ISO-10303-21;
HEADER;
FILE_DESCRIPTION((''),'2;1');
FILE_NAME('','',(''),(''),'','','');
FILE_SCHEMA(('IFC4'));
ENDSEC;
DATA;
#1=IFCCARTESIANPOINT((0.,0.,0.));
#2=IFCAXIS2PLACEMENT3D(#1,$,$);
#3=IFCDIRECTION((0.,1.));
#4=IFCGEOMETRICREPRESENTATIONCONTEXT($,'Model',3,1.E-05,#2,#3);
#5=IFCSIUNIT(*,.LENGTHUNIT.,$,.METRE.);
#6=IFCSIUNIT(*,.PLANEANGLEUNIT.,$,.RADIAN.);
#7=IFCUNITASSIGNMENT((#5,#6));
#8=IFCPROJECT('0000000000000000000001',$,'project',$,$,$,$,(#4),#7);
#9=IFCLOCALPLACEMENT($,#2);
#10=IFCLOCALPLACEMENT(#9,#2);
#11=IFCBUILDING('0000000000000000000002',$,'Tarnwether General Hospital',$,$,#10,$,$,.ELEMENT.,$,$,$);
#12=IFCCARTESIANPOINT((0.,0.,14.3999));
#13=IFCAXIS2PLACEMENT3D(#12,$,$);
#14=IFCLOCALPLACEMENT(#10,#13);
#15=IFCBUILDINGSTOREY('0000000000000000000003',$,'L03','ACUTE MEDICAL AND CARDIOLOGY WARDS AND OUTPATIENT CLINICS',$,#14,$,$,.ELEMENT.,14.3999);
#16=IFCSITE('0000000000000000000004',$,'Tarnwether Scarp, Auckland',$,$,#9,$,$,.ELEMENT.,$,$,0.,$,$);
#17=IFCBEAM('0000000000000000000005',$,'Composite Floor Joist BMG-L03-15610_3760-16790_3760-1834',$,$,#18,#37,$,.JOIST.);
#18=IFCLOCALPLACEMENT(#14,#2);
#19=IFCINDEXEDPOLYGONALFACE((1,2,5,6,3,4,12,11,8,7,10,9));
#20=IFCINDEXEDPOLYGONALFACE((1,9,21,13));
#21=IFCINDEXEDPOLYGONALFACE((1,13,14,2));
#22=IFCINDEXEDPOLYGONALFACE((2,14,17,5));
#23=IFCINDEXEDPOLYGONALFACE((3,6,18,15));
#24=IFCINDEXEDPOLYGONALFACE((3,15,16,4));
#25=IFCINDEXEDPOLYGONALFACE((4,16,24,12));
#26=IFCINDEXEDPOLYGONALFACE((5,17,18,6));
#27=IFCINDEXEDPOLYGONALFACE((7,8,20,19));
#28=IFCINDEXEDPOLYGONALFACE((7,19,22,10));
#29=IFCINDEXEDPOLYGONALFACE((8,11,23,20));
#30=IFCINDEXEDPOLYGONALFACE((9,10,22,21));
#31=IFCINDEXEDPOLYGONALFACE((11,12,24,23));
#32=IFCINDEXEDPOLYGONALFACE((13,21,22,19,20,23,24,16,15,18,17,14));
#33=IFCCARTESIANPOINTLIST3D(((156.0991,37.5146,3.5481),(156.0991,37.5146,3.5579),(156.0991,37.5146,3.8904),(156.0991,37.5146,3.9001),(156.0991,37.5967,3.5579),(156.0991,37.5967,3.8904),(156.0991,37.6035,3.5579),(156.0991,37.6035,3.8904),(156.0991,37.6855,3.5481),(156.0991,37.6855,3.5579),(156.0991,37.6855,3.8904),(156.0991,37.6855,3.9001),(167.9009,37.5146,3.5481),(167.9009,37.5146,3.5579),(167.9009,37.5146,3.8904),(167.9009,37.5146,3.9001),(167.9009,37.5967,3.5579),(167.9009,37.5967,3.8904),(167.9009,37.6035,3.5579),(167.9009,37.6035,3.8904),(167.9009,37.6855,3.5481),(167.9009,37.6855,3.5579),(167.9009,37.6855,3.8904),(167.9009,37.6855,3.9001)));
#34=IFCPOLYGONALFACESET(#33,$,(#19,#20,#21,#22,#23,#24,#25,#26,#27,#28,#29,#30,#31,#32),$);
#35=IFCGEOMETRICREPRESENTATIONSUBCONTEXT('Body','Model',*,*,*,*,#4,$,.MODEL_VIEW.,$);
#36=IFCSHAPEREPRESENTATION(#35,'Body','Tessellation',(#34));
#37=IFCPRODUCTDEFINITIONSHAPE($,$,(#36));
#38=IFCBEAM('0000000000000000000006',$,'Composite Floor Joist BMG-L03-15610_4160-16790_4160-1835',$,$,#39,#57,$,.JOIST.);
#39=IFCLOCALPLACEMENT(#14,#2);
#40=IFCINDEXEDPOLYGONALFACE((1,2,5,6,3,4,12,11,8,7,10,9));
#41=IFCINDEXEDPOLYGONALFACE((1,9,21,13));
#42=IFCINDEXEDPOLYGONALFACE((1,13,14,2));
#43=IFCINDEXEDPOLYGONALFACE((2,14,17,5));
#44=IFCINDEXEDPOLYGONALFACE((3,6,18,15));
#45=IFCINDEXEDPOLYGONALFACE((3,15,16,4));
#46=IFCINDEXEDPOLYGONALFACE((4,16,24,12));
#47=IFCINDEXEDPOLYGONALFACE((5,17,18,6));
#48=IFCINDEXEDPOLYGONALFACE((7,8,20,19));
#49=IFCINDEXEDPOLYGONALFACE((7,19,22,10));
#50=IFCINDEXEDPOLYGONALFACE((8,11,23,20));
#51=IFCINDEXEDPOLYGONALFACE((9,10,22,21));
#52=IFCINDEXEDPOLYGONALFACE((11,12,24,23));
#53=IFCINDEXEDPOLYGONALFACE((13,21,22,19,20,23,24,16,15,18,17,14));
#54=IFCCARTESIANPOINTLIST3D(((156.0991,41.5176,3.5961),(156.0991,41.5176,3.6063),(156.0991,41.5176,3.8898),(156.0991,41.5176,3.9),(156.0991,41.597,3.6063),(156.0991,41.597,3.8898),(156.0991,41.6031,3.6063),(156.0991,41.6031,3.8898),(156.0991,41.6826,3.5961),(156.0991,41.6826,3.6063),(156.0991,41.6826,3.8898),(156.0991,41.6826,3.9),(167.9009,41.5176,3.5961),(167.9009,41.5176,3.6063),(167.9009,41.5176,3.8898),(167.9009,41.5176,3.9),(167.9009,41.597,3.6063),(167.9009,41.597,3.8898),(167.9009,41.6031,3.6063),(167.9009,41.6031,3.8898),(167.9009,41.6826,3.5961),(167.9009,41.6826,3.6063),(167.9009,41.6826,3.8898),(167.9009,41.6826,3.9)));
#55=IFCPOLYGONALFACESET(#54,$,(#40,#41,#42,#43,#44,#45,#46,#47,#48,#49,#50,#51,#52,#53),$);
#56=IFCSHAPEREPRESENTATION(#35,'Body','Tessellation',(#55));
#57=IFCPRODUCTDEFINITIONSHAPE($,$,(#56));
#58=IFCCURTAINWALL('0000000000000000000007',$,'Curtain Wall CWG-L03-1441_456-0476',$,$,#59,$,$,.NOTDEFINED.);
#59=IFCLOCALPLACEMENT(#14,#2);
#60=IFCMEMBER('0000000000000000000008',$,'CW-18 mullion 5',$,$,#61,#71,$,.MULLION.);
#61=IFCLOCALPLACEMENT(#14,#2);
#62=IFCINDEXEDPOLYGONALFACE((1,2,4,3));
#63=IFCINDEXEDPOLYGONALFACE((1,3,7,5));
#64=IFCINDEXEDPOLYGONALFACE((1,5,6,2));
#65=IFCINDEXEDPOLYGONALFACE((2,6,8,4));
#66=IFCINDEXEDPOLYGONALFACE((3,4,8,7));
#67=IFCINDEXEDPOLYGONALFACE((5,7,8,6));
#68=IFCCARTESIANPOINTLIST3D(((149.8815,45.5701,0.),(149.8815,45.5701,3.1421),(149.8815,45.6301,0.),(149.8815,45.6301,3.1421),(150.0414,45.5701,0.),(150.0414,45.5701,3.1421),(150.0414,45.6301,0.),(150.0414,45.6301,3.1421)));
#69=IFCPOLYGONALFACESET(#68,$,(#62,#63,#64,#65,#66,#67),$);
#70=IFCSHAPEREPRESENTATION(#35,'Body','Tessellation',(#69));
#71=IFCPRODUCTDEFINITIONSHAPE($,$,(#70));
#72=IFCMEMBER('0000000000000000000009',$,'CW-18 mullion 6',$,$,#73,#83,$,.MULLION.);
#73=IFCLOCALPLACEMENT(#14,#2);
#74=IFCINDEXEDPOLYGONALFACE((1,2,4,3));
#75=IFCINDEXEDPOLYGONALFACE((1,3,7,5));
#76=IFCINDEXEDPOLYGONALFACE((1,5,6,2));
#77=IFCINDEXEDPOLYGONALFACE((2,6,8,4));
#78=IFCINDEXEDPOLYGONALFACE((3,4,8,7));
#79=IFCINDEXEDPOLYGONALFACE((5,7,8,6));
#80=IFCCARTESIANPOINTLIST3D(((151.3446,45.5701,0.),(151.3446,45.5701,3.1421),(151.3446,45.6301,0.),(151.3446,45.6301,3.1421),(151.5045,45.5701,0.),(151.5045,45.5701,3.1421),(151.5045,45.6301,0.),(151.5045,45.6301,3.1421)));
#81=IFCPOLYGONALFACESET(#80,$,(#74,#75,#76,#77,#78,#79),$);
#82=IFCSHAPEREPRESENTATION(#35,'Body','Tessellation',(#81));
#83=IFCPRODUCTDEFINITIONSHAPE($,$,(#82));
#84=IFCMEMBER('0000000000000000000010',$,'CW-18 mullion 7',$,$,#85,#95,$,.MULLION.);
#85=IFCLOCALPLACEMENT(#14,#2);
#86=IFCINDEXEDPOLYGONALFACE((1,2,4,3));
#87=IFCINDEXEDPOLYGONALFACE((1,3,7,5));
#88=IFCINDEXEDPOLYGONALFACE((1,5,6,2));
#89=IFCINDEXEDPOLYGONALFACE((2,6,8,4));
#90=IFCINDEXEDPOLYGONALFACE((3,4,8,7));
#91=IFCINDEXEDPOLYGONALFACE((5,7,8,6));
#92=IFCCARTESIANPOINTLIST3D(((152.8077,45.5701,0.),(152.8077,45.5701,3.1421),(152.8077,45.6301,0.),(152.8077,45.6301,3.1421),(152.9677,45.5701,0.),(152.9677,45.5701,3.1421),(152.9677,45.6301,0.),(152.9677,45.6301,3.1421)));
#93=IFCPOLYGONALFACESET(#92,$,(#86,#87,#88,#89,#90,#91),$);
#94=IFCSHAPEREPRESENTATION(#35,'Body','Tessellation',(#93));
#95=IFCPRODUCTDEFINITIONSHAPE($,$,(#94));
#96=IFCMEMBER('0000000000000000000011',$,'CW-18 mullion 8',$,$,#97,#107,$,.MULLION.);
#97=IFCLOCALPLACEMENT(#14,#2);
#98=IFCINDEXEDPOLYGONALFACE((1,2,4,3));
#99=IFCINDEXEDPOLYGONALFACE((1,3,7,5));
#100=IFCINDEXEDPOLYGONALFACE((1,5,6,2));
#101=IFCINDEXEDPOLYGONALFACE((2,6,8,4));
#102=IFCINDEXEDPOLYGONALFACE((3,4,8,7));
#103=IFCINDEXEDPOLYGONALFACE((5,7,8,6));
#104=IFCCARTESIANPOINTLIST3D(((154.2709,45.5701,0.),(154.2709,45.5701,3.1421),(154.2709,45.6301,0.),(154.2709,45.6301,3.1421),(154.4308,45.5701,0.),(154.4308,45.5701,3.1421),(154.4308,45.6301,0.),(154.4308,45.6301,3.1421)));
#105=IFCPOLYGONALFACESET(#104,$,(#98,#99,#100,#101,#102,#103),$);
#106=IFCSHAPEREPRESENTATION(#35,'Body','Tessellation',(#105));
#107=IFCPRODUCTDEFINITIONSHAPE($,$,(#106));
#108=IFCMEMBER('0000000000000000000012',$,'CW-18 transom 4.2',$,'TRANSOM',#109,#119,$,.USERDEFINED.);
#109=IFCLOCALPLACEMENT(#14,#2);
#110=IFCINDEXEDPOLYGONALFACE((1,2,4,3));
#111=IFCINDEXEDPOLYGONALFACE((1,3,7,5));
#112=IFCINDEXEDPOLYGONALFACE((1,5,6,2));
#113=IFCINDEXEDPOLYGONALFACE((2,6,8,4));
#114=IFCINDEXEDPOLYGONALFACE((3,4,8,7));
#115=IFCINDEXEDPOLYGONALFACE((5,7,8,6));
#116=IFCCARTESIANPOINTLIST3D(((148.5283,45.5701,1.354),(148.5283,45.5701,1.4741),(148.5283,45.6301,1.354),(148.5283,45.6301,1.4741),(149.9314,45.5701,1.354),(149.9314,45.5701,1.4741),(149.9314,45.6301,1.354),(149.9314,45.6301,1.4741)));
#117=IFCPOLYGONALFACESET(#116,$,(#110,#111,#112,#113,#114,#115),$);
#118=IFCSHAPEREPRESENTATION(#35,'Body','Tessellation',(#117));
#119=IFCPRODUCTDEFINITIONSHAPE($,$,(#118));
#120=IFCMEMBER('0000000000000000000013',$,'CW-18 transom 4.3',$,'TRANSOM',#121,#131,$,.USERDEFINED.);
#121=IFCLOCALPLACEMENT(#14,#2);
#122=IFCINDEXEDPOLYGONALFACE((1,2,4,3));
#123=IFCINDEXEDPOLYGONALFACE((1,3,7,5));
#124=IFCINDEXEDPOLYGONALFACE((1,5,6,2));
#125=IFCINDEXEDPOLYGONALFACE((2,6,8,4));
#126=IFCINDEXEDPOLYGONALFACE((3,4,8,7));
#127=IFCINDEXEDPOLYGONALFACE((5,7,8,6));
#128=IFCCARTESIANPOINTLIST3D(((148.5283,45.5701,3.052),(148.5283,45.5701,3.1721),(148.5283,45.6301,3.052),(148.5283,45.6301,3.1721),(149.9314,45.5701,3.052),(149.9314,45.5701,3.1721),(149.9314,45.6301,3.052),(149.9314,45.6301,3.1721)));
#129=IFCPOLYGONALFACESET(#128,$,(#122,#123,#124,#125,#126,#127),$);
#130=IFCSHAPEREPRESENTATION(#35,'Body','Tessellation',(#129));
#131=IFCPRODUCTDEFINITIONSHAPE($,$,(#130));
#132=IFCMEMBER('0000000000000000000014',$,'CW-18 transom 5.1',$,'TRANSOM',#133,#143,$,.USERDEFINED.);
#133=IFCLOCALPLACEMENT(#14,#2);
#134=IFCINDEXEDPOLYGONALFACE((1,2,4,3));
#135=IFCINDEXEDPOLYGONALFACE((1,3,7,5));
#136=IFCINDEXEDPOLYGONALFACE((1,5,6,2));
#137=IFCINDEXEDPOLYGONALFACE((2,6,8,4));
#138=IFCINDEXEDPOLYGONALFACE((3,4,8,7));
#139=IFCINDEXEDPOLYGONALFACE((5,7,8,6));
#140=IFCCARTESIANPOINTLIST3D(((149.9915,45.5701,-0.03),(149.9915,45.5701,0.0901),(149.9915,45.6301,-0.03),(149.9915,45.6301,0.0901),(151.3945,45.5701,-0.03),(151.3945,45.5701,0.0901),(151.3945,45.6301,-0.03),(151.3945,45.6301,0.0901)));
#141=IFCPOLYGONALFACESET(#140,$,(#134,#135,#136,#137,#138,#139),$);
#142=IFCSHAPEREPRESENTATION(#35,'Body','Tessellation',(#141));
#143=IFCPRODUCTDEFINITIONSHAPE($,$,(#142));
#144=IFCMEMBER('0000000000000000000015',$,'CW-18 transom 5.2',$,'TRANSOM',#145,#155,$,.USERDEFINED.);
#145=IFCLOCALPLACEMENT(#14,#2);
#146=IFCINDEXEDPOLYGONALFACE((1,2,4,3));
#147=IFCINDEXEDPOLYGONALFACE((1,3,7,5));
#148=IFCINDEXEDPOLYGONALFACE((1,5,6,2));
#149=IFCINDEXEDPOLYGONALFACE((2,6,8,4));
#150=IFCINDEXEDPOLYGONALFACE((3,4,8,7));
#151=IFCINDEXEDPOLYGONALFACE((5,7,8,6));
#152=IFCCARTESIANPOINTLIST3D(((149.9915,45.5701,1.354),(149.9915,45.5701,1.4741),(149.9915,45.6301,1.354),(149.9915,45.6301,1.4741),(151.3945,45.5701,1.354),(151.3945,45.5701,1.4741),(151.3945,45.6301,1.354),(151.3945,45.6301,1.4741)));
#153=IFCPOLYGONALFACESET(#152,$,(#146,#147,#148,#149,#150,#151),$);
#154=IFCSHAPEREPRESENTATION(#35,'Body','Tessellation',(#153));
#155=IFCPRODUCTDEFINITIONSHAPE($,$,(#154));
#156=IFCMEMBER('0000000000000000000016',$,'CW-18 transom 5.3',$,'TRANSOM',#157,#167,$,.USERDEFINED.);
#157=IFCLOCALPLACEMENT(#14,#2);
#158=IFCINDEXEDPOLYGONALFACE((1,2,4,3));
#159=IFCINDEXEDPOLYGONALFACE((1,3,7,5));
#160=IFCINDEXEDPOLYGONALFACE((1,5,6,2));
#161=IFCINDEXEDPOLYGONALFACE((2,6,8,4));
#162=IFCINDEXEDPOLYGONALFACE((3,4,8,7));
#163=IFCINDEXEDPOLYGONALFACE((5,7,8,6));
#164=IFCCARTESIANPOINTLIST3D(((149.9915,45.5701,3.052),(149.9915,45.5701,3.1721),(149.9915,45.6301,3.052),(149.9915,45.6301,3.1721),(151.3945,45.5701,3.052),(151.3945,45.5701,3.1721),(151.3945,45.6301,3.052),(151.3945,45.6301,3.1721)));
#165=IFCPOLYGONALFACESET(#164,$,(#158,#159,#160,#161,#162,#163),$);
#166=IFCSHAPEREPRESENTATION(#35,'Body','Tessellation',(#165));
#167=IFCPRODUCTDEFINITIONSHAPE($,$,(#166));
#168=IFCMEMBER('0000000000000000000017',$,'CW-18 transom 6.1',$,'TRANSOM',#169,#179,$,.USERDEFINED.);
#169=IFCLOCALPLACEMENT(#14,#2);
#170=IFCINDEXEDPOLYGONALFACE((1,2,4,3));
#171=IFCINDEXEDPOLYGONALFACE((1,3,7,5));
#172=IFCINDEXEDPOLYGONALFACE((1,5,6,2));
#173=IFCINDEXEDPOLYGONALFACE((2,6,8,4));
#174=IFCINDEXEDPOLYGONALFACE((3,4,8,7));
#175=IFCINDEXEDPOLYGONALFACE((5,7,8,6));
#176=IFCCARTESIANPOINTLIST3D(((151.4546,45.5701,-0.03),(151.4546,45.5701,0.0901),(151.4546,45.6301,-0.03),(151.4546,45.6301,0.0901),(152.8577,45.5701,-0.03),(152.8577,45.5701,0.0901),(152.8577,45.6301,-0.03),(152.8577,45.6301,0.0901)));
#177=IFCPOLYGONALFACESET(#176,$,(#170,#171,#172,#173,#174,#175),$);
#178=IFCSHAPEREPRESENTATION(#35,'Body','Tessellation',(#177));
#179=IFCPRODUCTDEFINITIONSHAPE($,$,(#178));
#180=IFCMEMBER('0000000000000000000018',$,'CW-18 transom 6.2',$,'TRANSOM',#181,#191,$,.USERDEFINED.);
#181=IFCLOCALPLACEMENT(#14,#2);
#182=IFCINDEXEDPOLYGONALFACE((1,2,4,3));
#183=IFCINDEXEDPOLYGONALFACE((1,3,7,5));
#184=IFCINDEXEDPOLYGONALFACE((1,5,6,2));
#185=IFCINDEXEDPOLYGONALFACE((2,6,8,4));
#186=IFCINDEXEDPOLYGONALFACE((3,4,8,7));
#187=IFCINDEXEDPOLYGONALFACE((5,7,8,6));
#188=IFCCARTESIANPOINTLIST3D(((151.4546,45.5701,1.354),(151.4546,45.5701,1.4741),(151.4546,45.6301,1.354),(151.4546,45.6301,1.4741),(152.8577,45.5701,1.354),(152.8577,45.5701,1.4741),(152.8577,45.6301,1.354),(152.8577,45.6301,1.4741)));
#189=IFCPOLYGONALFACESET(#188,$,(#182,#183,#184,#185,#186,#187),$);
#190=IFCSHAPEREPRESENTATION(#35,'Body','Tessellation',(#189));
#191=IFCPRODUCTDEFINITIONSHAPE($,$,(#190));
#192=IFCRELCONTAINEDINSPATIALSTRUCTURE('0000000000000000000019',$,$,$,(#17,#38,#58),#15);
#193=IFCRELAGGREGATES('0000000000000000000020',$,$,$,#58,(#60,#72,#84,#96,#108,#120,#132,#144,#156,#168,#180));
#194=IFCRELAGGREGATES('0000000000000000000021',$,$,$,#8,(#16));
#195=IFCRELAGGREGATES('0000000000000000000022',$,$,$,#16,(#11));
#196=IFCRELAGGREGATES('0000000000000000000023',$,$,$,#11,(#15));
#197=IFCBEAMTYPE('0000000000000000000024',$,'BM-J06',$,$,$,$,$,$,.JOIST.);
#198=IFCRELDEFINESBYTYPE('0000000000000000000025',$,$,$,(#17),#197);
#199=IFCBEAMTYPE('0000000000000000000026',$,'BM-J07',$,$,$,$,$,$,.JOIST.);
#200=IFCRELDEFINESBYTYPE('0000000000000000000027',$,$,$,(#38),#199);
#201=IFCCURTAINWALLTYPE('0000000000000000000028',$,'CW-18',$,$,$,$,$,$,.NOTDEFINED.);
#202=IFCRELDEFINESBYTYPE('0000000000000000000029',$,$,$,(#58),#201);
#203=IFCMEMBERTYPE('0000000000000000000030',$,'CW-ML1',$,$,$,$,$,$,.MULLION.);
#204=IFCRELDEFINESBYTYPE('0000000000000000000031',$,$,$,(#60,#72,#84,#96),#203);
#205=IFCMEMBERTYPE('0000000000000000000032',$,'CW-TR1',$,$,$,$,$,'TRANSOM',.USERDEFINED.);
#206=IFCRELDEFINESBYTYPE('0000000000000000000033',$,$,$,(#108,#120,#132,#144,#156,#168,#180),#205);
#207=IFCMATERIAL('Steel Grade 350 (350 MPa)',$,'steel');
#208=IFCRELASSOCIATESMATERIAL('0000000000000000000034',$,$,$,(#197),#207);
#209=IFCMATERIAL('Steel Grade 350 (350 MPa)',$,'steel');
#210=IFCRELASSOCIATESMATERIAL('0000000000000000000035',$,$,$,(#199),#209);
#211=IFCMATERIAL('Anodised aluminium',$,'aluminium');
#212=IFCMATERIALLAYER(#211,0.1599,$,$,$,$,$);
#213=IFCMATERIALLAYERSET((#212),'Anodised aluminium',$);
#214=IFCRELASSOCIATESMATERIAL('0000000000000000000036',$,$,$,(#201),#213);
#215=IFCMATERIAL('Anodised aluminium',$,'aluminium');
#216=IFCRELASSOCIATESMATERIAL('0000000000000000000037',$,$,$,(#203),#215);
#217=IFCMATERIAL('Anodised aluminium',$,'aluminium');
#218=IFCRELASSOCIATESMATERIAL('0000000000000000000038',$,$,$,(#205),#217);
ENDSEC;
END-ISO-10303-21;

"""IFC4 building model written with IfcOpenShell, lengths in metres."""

from ifc_helpers import new_model, si_unit, direction, frame, origin, origin_2d, place, context, subcontext, project, spatial, rectangle, i_section, extrude, material, layer, layer_set, material_profile, profile_set, type_object, element, aggregate, save


model = new_model("IFC4")

# Units and contexts
model_context = context("Model", 3, precision=1e-05, world=origin(), true_north=direction((0.0, 1.0)))
body_context = subcontext(model_context, "Body", "Model", "MODEL_VIEW")
ifc_project = project(units=[si_unit("LENGTHUNIT", "METRE"), si_unit("PLANEANGLEUNIT", "RADIAN")], contexts=[model_context])

# Site, building, storey
site_placement = place(None, origin())
site = spatial("IfcSite", under=ifc_project, at=site_placement, Name="Tarnwether Scarp, Auckland", CompositionType="ELEMENT", RefElevation=0.0)
building_placement = place(site_placement, origin())
building = spatial("IfcBuilding", under=site, at=building_placement, Name="Tarnwether General Hospital", CompositionType="ELEMENT")
storey_placement = place(building_placement, frame((0.0, 0.0, 14.3999)))
storey = spatial("IfcBuildingStorey", under=building, at=storey_placement, Name="L03", Description="ACUTE MEDICAL AND CARDIOLOGY WARDS AND OUTPATIENT CLINICS", CompositionType="ELEMENT", Elevation=14.3999)

# Beams
ifc_material_1 = material(Name="Steel Grade 350 (350 MPa)", Category="steel")
ifc_material_profile_1 = material_profile(ifc_material_1, i_section(OverallWidth=0.1709, OverallDepth=0.3521, WebThickness=0.0068, FlangeThickness=0.0098, at=origin_2d()), Name="360UB44.7")
ifc_profile_set_1 = profile_set([ifc_material_profile_1], Name="Steel Grade 350 (350 MPa)")
beam_type_1 = type_object("IfcBeamType", Name="BM-J06", PredefinedType="JOIST", material=ifc_profile_set_1)
beam_1_placement = place(storey_placement, frame((156.0991, 37.6001, 3.7241), z_axis=(1.0, 0.0, 0.0), x_axis=(0.0, 1.0, 0.0)))
element("IfcBeam", 1, at=beam_1_placement, inside=storey, type_object=beam_type_1, Name="Composite Floor Joist BMG-L03-15610_3760-16790_3760-1834", PredefinedType="JOIST", context=body_context, shape_type="SweptSolid", body=[
    extrude(i_section(OverallWidth=0.1709, OverallDepth=0.3521, WebThickness=0.0068, FlangeThickness=0.0098, at=origin_2d()), origin(), (0.0, 0.0, 1.0), 11.8018),
])
ifc_material_2 = material(Name="Steel Grade 350 (350 MPa)", Category="steel")
ifc_material_profile_2 = material_profile(ifc_material_2, i_section(OverallWidth=0.165, OverallDepth=0.304, WebThickness=0.0061, FlangeThickness=0.0103, at=origin_2d()), Name="310UB40.4")
ifc_profile_set_2 = profile_set([ifc_material_profile_2], Name="Steel Grade 350 (350 MPa)")
beam_type_2 = type_object("IfcBeamType", Name="BM-J07", PredefinedType="JOIST", material=ifc_profile_set_2)
beam_2_placement = place(storey_placement, frame((156.0991, 41.6001, 3.748), z_axis=(1.0, 0.0, 0.0), x_axis=(0.0, 1.0, 0.0)))
element("IfcBeam", 2, at=beam_2_placement, inside=storey, type_object=beam_type_2, Name="Composite Floor Joist BMG-L03-15610_4160-16790_4160-1835", PredefinedType="JOIST", context=body_context, shape_type="SweptSolid", body=[
    extrude(i_section(OverallWidth=0.165, OverallDepth=0.304, WebThickness=0.0061, FlangeThickness=0.0103, at=origin_2d()), origin(), (0.0, 0.0, 1.0), 11.8018),
])

# Curtain wall, members
ifc_material_3 = material(Name="Anodised aluminium", Category="aluminium")
ifc_layer_1 = layer(ifc_material_3, 0.1599)
ifc_layer_set_1 = layer_set([ifc_layer_1], Name="Anodised aluminium")
curtain_wall_type = type_object("IfcCurtainWallType", Name="CW-18", PredefinedType="NOTDEFINED", material=ifc_layer_set_1)
curtain_wall_placement = place(storey_placement, origin())
curtain_wall = element("IfcCurtainWall", 3, at=curtain_wall_placement, inside=storey, type_object=curtain_wall_type, Name="Curtain Wall CWG-L03-1441_456-0476", PredefinedType="NOTDEFINED")
ifc_material_4 = material(Name="Anodised aluminium", Category="aluminium")
ifc_material_profile_3 = material_profile(ifc_material_4, rectangle(XDim=0.0601, YDim=0.1599, at=origin_2d()), Name="ALU-MUL-60x160")
ifc_profile_set_3 = profile_set([ifc_material_profile_3], Name="Anodised aluminium")
member_type_1 = type_object("IfcMemberType", Name="CW-ML1", PredefinedType="MULLION", material=ifc_profile_set_3)
member_1_placement = place(storey_placement, frame((149.9614, 45.6001, 0.0), z_axis=(0.0, 0.0, 1.0), x_axis=(0.0, 1.0, 0.0)))
member_1 = element("IfcMember", 4, at=member_1_placement, type_object=member_type_1, Name="CW-18 mullion 5", PredefinedType="MULLION", context=body_context, shape_type="SweptSolid", body=[
    extrude(rectangle(XDim=0.0601, YDim=0.1599, at=origin_2d()), origin(), (0.0, 0.0, 1.0), 3.1421),
])
member_2_placement = place(storey_placement, frame((151.4246, 45.6001, 0.0), z_axis=(0.0, 0.0, 1.0), x_axis=(0.0, 1.0, 0.0)))
member_2 = element("IfcMember", 5, at=member_2_placement, type_object=member_type_1, Name="CW-18 mullion 6", PredefinedType="MULLION", context=body_context, shape_type="SweptSolid", body=[
    extrude(rectangle(XDim=0.0601, YDim=0.1599, at=origin_2d()), origin(), (0.0, 0.0, 1.0), 3.1421),
])
member_3_placement = place(storey_placement, frame((152.8877, 45.6001, 0.0), z_axis=(0.0, 0.0, 1.0), x_axis=(0.0, 1.0, 0.0)))
member_3 = element("IfcMember", 6, at=member_3_placement, type_object=member_type_1, Name="CW-18 mullion 7", PredefinedType="MULLION", context=body_context, shape_type="SweptSolid", body=[
    extrude(rectangle(XDim=0.0601, YDim=0.1599, at=origin_2d()), origin(), (0.0, 0.0, 1.0), 3.1421),
])
member_4_placement = place(storey_placement, frame((154.3508, 45.6001, 0.0), z_axis=(0.0, 0.0, 1.0), x_axis=(0.0, 1.0, 0.0)))
member_4 = element("IfcMember", 7, at=member_4_placement, type_object=member_type_1, Name="CW-18 mullion 8", PredefinedType="MULLION", context=body_context, shape_type="SweptSolid", body=[
    extrude(rectangle(XDim=0.0601, YDim=0.1599, at=origin_2d()), origin(), (0.0, 0.0, 1.0), 3.1421),
])
ifc_material_5 = material(Name="Anodised aluminium", Category="aluminium")
ifc_material_profile_4 = material_profile(ifc_material_5, rectangle(XDim=0.0601, YDim=0.1201, at=origin_2d()), Name="ALU-TRN-60x120")
ifc_profile_set_4 = profile_set([ifc_material_profile_4], Name="Anodised aluminium")
member_type_2 = type_object("IfcMemberType", Name="CW-TR1", ElementType="TRANSOM", PredefinedType="USERDEFINED", material=ifc_profile_set_4)
member_5_placement = place(storey_placement, frame((148.5283, 45.6001, 1.4141), z_axis=(1.0, 0.0, 0.0), x_axis=(0.0, 1.0, 0.0)))
member_5 = element("IfcMember", 8, at=member_5_placement, type_object=member_type_2, Name="CW-18 transom 4.2", ObjectType="TRANSOM", PredefinedType="USERDEFINED", context=body_context, shape_type="SweptSolid", body=[
    extrude(rectangle(XDim=0.0601, YDim=0.1201, at=origin_2d()), origin(), (0.0, 0.0, 1.0), 1.4031),
])
member_6_placement = place(storey_placement, frame((148.5283, 45.6001, 3.1121), z_axis=(1.0, 0.0, 0.0), x_axis=(0.0, 1.0, 0.0)))
member_6 = element("IfcMember", 9, at=member_6_placement, type_object=member_type_2, Name="CW-18 transom 4.3", ObjectType="TRANSOM", PredefinedType="USERDEFINED", context=body_context, shape_type="SweptSolid", body=[
    extrude(rectangle(XDim=0.0601, YDim=0.1201, at=origin_2d()), origin(), (0.0, 0.0, 1.0), 1.4031),
])
member_7_placement = place(storey_placement, frame((149.9915, 45.6001, 0.03), z_axis=(1.0, 0.0, 0.0), x_axis=(0.0, 1.0, 0.0)))
member_7 = element("IfcMember", 10, at=member_7_placement, type_object=member_type_2, Name="CW-18 transom 5.1", ObjectType="TRANSOM", PredefinedType="USERDEFINED", context=body_context, shape_type="SweptSolid", body=[
    extrude(rectangle(XDim=0.0601, YDim=0.1201, at=origin_2d()), origin(), (0.0, 0.0, 1.0), 1.4031),
])
member_8_placement = place(storey_placement, frame((149.9915, 45.6001, 1.4141), z_axis=(1.0, 0.0, 0.0), x_axis=(0.0, 1.0, 0.0)))
member_8 = element("IfcMember", 11, at=member_8_placement, type_object=member_type_2, Name="CW-18 transom 5.2", ObjectType="TRANSOM", PredefinedType="USERDEFINED", context=body_context, shape_type="SweptSolid", body=[
    extrude(rectangle(XDim=0.0601, YDim=0.1201, at=origin_2d()), origin(), (0.0, 0.0, 1.0), 1.4031),
])
member_9_placement = place(storey_placement, frame((149.9915, 45.6001, 3.1121), z_axis=(1.0, 0.0, 0.0), x_axis=(0.0, 1.0, 0.0)))
member_9 = element("IfcMember", 12, at=member_9_placement, type_object=member_type_2, Name="CW-18 transom 5.3", ObjectType="TRANSOM", PredefinedType="USERDEFINED", context=body_context, shape_type="SweptSolid", body=[
    extrude(rectangle(XDim=0.0601, YDim=0.1201, at=origin_2d()), origin(), (0.0, 0.0, 1.0), 1.4031),
])
member_10_placement = place(storey_placement, frame((151.4546, 45.6001, 0.03), z_axis=(1.0, 0.0, 0.0), x_axis=(0.0, 1.0, 0.0)))
member_10 = element("IfcMember", 13, at=member_10_placement, type_object=member_type_2, Name="CW-18 transom 6.1", ObjectType="TRANSOM", PredefinedType="USERDEFINED", context=body_context, shape_type="SweptSolid", body=[
    extrude(rectangle(XDim=0.0601, YDim=0.1201, at=origin_2d()), origin(), (0.0, 0.0, 1.0), 1.4031),
])
member_11_placement = place(storey_placement, frame((151.4546, 45.6001, 1.4141), z_axis=(1.0, 0.0, 0.0), x_axis=(0.0, 1.0, 0.0)))
member_11 = element("IfcMember", 14, at=member_11_placement, type_object=member_type_2, Name="CW-18 transom 6.2", ObjectType="TRANSOM", PredefinedType="USERDEFINED", context=body_context, shape_type="SweptSolid", body=[
    extrude(rectangle(XDim=0.0601, YDim=0.1201, at=origin_2d()), origin(), (0.0, 0.0, 1.0), 1.4031),
])
aggregate(curtain_wall, [member_1, member_2, member_3, member_4, member_5, member_6, member_7, member_8, member_9, member_10, member_11])

save(model, "model.ifc")
